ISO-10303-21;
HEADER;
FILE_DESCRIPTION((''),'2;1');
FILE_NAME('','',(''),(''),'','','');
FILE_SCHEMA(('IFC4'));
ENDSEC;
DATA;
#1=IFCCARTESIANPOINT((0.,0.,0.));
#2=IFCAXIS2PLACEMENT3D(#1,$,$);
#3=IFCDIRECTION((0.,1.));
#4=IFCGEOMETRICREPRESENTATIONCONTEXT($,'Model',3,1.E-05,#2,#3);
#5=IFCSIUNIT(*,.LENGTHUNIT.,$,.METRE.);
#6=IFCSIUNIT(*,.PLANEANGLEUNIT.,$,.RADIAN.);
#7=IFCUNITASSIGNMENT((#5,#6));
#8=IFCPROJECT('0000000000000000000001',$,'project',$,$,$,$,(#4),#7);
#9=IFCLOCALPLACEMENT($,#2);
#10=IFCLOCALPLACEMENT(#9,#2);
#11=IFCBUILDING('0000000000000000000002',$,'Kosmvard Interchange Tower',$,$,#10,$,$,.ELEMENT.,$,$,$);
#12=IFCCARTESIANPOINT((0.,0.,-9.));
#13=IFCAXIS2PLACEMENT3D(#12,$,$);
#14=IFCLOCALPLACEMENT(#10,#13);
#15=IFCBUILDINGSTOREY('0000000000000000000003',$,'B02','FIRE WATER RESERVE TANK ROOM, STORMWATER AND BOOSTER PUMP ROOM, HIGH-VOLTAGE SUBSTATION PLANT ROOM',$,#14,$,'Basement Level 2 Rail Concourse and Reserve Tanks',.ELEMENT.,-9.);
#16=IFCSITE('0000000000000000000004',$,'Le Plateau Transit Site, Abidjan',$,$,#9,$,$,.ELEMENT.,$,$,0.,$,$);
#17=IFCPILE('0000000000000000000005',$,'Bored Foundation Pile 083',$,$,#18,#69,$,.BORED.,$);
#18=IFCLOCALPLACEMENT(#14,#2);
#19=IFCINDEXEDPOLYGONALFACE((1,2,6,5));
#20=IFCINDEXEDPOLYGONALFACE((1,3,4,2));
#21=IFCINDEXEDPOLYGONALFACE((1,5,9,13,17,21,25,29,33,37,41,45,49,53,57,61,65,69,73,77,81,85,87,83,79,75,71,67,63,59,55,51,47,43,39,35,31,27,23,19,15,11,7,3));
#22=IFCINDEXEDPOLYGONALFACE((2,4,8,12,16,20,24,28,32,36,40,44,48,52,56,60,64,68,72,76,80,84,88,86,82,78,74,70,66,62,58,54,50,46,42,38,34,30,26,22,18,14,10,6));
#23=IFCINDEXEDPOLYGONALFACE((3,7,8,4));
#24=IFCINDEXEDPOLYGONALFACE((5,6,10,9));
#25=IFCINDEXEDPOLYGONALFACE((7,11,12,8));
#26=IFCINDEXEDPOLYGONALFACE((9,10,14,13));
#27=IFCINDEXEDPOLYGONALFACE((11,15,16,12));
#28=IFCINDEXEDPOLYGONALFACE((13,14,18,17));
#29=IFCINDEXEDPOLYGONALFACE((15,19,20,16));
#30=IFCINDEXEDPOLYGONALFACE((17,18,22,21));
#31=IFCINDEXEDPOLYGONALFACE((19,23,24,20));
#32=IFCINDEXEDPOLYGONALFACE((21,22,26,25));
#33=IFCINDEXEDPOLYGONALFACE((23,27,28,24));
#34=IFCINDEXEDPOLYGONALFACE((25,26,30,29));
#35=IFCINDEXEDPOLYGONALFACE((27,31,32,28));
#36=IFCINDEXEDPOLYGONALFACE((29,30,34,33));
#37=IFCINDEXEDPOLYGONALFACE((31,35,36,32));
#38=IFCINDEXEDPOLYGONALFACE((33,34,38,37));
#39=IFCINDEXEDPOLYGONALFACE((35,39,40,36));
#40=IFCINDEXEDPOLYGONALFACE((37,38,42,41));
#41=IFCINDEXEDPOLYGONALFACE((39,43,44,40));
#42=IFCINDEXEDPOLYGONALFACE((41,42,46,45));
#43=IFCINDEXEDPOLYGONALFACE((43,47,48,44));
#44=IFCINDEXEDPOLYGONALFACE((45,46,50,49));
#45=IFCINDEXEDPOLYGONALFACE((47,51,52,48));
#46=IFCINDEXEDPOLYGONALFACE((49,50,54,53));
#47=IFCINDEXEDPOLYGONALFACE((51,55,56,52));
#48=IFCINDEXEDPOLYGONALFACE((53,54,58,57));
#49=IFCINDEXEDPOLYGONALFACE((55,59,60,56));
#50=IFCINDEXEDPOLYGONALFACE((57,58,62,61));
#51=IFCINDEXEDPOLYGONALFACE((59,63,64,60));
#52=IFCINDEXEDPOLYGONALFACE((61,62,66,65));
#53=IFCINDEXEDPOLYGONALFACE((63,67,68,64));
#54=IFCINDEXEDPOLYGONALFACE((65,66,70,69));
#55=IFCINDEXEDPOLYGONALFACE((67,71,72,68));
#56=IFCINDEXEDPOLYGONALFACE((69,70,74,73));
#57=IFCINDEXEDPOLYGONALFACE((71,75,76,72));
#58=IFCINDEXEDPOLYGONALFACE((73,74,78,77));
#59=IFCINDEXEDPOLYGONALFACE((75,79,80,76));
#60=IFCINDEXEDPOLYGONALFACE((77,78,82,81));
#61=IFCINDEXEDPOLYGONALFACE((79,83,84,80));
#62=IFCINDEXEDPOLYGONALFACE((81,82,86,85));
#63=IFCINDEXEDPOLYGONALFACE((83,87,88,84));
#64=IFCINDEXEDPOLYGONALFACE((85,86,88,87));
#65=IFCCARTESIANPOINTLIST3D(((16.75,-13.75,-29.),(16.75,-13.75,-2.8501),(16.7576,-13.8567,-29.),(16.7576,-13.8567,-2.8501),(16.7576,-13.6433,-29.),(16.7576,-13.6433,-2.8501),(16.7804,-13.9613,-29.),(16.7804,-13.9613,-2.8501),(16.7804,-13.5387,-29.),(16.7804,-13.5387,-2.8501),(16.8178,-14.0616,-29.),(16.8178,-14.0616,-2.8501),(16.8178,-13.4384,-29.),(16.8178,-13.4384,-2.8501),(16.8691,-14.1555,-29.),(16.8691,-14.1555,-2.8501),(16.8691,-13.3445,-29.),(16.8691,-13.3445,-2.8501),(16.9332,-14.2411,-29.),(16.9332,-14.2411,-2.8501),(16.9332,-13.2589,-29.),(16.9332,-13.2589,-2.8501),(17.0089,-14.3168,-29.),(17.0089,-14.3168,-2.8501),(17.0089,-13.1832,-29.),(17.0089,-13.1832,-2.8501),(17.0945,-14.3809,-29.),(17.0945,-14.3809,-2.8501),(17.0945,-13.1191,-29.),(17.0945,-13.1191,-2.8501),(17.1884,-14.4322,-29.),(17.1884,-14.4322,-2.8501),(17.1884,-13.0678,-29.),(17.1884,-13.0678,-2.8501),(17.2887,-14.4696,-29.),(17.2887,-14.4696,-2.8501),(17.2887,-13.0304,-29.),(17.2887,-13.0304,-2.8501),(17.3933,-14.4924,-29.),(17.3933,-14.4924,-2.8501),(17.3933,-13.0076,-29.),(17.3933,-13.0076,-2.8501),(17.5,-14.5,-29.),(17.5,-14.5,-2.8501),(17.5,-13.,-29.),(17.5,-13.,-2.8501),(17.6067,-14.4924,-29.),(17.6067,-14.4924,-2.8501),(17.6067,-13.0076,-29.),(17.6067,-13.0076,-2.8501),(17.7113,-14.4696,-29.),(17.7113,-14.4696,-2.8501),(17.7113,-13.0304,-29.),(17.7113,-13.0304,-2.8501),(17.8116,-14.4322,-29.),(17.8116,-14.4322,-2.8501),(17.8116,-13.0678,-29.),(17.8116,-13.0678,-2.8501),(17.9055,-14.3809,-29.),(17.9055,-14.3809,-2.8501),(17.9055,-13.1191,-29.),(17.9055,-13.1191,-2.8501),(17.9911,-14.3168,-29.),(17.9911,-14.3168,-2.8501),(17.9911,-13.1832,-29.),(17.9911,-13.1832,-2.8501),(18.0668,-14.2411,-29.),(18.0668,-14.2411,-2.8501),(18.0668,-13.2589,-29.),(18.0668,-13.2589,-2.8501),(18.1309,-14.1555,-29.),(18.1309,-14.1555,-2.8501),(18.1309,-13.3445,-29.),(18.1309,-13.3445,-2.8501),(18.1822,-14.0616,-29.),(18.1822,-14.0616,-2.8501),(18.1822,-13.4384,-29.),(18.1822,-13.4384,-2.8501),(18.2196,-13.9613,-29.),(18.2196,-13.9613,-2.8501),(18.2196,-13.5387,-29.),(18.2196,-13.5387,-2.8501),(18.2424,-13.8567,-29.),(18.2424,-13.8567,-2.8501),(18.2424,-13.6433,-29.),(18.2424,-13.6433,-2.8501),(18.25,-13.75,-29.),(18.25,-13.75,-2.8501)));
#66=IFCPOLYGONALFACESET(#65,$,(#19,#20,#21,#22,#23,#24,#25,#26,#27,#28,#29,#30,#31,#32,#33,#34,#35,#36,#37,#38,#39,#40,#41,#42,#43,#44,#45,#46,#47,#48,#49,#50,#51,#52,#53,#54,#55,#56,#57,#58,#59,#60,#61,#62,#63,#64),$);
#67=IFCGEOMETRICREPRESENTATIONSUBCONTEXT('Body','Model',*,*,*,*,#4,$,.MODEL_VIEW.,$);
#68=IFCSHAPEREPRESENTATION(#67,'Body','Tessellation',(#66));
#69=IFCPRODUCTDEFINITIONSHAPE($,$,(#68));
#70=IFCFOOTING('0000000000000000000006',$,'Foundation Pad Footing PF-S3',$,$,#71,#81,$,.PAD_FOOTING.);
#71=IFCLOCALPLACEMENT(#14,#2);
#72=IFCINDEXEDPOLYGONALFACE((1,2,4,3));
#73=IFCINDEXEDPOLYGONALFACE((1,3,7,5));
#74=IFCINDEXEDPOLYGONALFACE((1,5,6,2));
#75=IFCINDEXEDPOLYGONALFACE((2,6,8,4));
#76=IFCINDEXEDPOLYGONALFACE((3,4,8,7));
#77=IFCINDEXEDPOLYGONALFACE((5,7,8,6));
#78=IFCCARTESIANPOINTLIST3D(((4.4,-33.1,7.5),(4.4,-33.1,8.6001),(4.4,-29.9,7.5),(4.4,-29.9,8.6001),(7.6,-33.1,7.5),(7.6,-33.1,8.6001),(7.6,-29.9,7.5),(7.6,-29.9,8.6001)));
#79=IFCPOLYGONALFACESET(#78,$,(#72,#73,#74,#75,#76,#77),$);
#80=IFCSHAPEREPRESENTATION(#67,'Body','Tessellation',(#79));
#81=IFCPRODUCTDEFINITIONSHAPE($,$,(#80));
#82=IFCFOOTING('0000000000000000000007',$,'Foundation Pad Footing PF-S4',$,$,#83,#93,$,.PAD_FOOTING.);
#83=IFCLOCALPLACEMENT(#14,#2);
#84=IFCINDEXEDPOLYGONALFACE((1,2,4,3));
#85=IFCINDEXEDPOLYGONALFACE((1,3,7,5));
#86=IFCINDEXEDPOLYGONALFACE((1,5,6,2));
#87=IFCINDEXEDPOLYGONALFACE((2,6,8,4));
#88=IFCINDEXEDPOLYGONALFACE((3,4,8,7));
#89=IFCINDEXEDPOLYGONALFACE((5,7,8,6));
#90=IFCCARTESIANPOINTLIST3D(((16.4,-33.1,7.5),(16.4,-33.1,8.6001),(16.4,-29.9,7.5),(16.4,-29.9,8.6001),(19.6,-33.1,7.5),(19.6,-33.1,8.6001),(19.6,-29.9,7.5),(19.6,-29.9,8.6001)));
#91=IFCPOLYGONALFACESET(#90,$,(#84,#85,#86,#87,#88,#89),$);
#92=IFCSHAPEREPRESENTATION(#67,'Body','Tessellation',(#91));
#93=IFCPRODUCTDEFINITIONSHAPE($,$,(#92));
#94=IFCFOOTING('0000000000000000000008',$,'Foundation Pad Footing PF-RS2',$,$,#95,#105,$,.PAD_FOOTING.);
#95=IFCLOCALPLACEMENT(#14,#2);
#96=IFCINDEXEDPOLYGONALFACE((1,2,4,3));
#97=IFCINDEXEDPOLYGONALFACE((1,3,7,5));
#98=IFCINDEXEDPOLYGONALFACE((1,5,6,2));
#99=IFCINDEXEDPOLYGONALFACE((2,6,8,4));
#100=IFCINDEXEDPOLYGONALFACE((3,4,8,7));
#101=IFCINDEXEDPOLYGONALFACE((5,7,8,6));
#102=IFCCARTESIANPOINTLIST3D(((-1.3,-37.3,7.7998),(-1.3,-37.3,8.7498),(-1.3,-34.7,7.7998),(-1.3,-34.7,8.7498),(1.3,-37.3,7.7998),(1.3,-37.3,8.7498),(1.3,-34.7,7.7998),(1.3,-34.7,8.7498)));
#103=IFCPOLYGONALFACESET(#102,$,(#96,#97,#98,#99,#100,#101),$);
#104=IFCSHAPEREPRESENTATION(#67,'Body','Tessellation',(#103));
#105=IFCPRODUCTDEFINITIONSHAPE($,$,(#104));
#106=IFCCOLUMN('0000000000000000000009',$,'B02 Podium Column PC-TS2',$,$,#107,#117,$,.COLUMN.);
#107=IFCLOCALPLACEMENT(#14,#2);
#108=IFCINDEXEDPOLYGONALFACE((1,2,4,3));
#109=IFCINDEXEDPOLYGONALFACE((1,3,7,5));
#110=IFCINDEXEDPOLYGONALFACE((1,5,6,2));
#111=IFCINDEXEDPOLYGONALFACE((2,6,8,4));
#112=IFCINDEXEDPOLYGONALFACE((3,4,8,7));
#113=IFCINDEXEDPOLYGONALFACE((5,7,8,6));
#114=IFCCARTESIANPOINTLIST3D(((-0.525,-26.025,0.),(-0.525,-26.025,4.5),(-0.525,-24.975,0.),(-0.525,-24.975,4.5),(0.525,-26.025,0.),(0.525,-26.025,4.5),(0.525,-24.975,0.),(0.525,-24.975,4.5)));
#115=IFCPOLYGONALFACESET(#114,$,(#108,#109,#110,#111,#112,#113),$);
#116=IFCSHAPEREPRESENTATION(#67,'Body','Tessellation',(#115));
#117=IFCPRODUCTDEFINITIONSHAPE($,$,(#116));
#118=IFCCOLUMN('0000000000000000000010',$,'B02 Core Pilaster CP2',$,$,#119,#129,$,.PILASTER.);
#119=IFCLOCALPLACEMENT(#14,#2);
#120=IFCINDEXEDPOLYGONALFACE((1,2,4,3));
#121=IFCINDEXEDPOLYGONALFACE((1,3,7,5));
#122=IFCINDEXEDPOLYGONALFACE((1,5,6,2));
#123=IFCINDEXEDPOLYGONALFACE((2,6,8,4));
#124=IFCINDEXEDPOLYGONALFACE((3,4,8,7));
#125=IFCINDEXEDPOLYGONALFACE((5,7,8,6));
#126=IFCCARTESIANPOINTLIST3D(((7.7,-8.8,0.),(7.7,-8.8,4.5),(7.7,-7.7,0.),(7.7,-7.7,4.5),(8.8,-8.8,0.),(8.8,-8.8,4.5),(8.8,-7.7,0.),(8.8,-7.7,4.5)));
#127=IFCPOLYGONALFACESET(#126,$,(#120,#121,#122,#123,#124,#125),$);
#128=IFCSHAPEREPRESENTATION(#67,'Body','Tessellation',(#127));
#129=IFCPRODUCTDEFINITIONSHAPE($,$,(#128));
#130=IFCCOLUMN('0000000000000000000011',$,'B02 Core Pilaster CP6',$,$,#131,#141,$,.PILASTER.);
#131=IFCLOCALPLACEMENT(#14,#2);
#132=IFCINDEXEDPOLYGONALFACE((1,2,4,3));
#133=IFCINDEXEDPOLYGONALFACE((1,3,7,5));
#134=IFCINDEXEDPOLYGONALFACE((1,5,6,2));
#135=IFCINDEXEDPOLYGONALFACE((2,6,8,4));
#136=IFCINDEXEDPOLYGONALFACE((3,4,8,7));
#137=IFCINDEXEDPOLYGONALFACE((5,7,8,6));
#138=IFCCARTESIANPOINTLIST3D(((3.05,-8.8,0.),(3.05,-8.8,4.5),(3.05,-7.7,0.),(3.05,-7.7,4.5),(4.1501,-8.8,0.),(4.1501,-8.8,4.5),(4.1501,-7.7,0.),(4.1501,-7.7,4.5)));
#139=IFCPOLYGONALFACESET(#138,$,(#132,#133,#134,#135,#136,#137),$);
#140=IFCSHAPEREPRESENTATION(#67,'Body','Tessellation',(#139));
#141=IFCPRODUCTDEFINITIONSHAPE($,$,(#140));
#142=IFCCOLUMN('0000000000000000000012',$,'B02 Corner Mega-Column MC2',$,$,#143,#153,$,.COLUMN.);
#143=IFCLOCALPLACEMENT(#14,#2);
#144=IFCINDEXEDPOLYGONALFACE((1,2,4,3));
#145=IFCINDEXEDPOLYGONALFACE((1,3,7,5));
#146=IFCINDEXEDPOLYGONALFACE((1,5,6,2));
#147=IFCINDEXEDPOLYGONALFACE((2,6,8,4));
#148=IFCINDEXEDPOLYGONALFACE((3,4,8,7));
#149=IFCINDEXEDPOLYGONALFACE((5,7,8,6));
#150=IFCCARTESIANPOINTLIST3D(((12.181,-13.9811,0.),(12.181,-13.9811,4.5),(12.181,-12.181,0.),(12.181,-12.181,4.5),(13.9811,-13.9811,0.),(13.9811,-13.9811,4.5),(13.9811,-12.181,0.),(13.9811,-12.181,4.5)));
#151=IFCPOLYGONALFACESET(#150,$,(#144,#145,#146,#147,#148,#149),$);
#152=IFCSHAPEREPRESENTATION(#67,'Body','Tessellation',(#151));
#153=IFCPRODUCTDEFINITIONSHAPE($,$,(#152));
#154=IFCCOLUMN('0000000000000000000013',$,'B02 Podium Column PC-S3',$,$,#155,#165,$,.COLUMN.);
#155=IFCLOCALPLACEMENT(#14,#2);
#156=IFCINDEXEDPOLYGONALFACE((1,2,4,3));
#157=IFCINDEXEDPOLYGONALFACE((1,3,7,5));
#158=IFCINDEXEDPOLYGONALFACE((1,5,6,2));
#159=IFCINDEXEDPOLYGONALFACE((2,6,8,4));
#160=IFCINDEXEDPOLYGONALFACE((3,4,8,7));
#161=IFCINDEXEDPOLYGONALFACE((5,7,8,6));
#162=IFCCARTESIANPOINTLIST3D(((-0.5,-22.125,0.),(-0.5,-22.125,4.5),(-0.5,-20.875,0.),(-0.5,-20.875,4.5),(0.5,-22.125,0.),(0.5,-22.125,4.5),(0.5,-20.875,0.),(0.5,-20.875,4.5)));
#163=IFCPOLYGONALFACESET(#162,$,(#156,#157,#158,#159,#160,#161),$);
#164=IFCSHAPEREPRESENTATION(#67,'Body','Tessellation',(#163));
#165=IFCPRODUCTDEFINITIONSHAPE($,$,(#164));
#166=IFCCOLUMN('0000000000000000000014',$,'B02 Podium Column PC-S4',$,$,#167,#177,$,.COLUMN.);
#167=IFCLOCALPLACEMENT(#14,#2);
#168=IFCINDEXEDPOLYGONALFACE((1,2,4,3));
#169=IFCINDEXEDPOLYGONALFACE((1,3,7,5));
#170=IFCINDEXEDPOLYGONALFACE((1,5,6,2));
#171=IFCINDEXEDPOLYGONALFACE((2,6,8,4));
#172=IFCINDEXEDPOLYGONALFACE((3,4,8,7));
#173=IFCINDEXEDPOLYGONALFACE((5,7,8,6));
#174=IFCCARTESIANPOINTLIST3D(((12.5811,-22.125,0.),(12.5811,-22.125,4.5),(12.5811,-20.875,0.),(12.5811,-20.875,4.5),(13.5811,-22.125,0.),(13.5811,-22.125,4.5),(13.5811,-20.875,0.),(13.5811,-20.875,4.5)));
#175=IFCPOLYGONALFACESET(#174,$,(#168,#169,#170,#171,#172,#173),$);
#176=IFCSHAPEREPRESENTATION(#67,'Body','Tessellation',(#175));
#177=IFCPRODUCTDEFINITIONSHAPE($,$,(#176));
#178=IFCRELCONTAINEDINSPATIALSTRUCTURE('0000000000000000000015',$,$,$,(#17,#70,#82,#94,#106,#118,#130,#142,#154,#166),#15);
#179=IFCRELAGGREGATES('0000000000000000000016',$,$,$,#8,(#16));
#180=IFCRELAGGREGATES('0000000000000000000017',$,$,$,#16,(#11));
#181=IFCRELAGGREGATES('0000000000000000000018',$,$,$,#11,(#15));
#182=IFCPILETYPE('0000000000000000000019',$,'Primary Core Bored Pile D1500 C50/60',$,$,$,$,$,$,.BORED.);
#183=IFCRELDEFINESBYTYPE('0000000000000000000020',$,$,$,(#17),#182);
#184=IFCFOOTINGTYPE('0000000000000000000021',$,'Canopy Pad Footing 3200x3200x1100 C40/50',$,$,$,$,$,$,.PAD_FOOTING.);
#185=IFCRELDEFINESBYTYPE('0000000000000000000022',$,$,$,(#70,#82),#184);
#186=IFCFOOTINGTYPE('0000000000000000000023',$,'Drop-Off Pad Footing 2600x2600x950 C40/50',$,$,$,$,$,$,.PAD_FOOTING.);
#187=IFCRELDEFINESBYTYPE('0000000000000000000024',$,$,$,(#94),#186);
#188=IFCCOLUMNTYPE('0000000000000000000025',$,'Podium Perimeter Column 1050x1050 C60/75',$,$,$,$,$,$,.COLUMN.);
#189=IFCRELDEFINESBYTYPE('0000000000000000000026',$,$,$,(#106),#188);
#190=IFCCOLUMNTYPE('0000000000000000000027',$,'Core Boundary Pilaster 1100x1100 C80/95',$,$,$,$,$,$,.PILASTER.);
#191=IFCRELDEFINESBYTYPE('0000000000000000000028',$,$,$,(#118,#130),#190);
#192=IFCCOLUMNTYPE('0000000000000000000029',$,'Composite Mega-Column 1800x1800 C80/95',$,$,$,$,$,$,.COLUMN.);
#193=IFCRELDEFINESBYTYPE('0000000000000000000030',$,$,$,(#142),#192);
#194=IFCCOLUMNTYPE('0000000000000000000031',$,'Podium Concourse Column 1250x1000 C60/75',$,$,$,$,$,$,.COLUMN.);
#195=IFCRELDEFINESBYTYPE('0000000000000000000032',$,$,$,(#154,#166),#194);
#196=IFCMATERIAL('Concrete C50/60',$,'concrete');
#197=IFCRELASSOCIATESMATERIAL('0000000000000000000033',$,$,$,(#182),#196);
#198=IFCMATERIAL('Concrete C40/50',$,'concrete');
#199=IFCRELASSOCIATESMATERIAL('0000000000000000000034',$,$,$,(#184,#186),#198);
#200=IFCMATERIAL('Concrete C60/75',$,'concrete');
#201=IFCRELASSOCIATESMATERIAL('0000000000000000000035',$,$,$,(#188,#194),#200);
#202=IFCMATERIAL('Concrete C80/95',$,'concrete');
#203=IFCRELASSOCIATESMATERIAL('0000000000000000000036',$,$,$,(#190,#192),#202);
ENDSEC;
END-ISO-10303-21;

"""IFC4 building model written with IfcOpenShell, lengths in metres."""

from ifc_helpers import new_model, si_unit, direction, frame, origin, origin_2d, place, context, subcontext, project, spatial, rectangle, circle, extrude, source, transform, mapped, material, material_profile, profile_set, type_object, element, save


model = new_model("IFC4")

# Units and contexts
model_context = context("Model", 3, precision=1e-05, world=origin(), true_north=direction((0.0, 1.0)))
body_context = subcontext(model_context, "Body", "Model", "MODEL_VIEW")
ifc_project = project(units=[si_unit("LENGTHUNIT", "METRE"), si_unit("PLANEANGLEUNIT", "RADIAN")], contexts=[model_context])

# Site, building, storey
site_placement = place(None, origin())
site = spatial("IfcSite", under=ifc_project, at=site_placement, Name="Le Plateau Transit Site, Abidjan", CompositionType="ELEMENT", RefElevation=0.0)
building_placement = place(site_placement, origin())
building = spatial("IfcBuilding", under=site, at=building_placement, Name="Kosmvard Interchange Tower", CompositionType="ELEMENT")
storey_placement = place(building_placement, frame((0.0, 0.0, -9.0)))
storey = spatial("IfcBuildingStorey", under=building, at=storey_placement, Name="B02", Description="FIRE WATER RESERVE TANK ROOM, STORMWATER AND BOOSTER PUMP ROOM, HIGH-VOLTAGE SUBSTATION PLANT ROOM", LongName="Basement Level 2 Rail Concourse and Reserve Tanks", CompositionType="ELEMENT", Elevation=-9.0)

# Pile
ifc_material_1 = material(Name="Concrete C50/60", Category="concrete")
ifc_material_profile_1 = material_profile(ifc_material_1, circle(Radius=0.75, at=origin_2d()), Name="PILE D1500")
ifc_profile_set_1 = profile_set([ifc_material_profile_1], Name="Concrete C50/60")
pile_type_1 = type_object("IfcPileType", Name="Primary Core Bored Pile D1500 C50/60", PredefinedType="BORED", material=ifc_profile_set_1)
shared_shape_1 = source(origin(), body_context, "Body", "SweptSolid", [
    extrude(circle(Radius=0.75, at=origin_2d()), origin(), (0.0, 0.0, 1.0), 26.1499),
])
for number, where, z_axis, x_axis, name in (
    (1, (17.5, -13.75, -2.8501), (0.0, 0.0, -1.0), (1.0, 0.0, 0.0), "Bored Foundation Pile 083"),
):
    element("IfcPile", number, at=place(storey_placement, frame(where, z_axis=z_axis, x_axis=x_axis)), inside=storey, type_object=pile_type_1, Name=name, PredefinedType="BORED", context=body_context, shape_type="MappedRepresentation", body=[
        mapped(shared_shape_1, transform((0.0, 0.0, 0.0), scale=1.0)),
    ])

# Footings
ifc_material_2 = material(Name="Concrete C40/50", Category="concrete")
footing_type_1 = type_object("IfcFootingType", Name="Canopy Pad Footing 3200x3200x1100 C40/50", PredefinedType="PAD_FOOTING", material=ifc_material_2)
shared_shape_2 = source(origin(), body_context, "Body", "SweptSolid", [
    extrude(rectangle(XDim=3.2, YDim=3.2, at=origin_2d()), origin(), (0.0, 0.0, 1.0), 1.1001),
])
for number, where, z_axis, x_axis, name in (
    (2, (6.0, -31.5, 7.5), (0.0, 0.0, 1.0), (1.0, 0.0, 0.0), "Foundation Pad Footing PF-S3"),
    (3, (18.0, -31.5, 7.5), (0.0, 0.0, 1.0), (1.0, 0.0, 0.0), "Foundation Pad Footing PF-S4"),
):
    element("IfcFooting", number, at=place(storey_placement, frame(where, z_axis=z_axis, x_axis=x_axis)), inside=storey, type_object=footing_type_1, Name=name, PredefinedType="PAD_FOOTING", context=body_context, shape_type="MappedRepresentation", body=[
        mapped(shared_shape_2, transform((0.0, 0.0, 0.0), scale=1.0)),
    ])
footing_type_2 = type_object("IfcFootingType", Name="Drop-Off Pad Footing 2600x2600x950 C40/50", PredefinedType="PAD_FOOTING", material=ifc_material_2)
shared_shape_3 = source(origin(), body_context, "Body", "SweptSolid", [
    extrude(rectangle(XDim=2.6001, YDim=2.6001, at=origin_2d()), origin(), (0.0, 0.0, 1.0), 0.95),
])
footing_placement = place(storey_placement, frame((0.0, -36.0, 7.7998), z_axis=(0.0, 0.0, 1.0), x_axis=(1.0, 0.0, 0.0)))
element("IfcFooting", 4, at=footing_placement, inside=storey, type_object=footing_type_2, Name="Foundation Pad Footing PF-RS2", PredefinedType="PAD_FOOTING", context=body_context, shape_type="MappedRepresentation", body=[
    mapped(shared_shape_3, transform((0.0, 0.0, 0.0), scale=1.0)),
])

# Columns
ifc_material_3 = material(Name="Concrete C60/75", Category="concrete")
ifc_material_profile_2 = material_profile(ifc_material_3, rectangle(XDim=1.05, YDim=1.05, at=origin_2d()), Name="PC 1050x1050")
ifc_profile_set_2 = profile_set([ifc_material_profile_2], Name="Concrete C60/75")
column_type_1 = type_object("IfcColumnType", Name="Podium Perimeter Column 1050x1050 C60/75", PredefinedType="COLUMN", material=ifc_profile_set_2)
shared_shape_4 = source(origin(), body_context, "Body", "SweptSolid", [
    extrude(rectangle(XDim=1.05, YDim=1.05, at=origin_2d()), origin(), (0.0, 0.0, 1.0), 4.5),
])
column_1_placement = place(storey_placement, frame((0.0, -25.5, 0.0), z_axis=(0.0, 0.0, 1.0), x_axis=(1.0, 0.0, 0.0)))
element("IfcColumn", 5, at=column_1_placement, inside=storey, type_object=column_type_1, Name="B02 Podium Column PC-TS2", PredefinedType="COLUMN", context=body_context, shape_type="MappedRepresentation", body=[
    mapped(shared_shape_4, transform((0.0, 0.0, 0.0), scale=1.0)),
])
ifc_material_4 = material(Name="Concrete C80/95", Category="concrete")
ifc_material_profile_3 = material_profile(ifc_material_4, rectangle(XDim=1.1001, YDim=1.1001, at=origin_2d()), Name="CP 1100x1100")
ifc_profile_set_3 = profile_set([ifc_material_profile_3], Name="Concrete C80/95")
column_type_2 = type_object("IfcColumnType", Name="Core Boundary Pilaster 1100x1100 C80/95", PredefinedType="PILASTER", material=ifc_profile_set_3)
shared_shape_5 = source(origin(), body_context, "Body", "SweptSolid", [
    extrude(rectangle(XDim=1.1001, YDim=1.1001, at=origin_2d()), origin(), (0.0, 0.0, 1.0), 4.5),
])
for number, where, z_axis, x_axis, name in (
    (6, (8.25, -8.25, 0.0), (0.0, 0.0, 1.0), (1.0, 0.0, 0.0), "B02 Core Pilaster CP2"),
    (7, (3.6001, -8.25, 0.0), (0.0, 0.0, 1.0), (1.0, 0.0, 0.0), "B02 Core Pilaster CP6"),
):
    element("IfcColumn", number, at=place(storey_placement, frame(where, z_axis=z_axis, x_axis=x_axis)), inside=storey, type_object=column_type_2, Name=name, PredefinedType="PILASTER", context=body_context, shape_type="MappedRepresentation", body=[
        mapped(shared_shape_5, transform((0.0, 0.0, 0.0), scale=1.0)),
    ])
ifc_material_profile_4 = material_profile(ifc_material_4, rectangle(XDim=1.8, YDim=1.8, at=origin_2d()), Name="MC 1800x1800")
ifc_profile_set_4 = profile_set([ifc_material_profile_4], Name="Concrete C80/95")
column_type_3 = type_object("IfcColumnType", Name="Composite Mega-Column 1800x1800 C80/95", PredefinedType="COLUMN", material=ifc_profile_set_4)
shared_shape_6 = source(origin(), body_context, "Body", "SweptSolid", [
    extrude(rectangle(XDim=1.8, YDim=1.8, at=origin_2d()), origin(), (0.0, 0.0, 1.0), 4.5),
])
column_2_placement = place(storey_placement, frame((13.0811, -13.0811, 0.0), z_axis=(0.0, 0.0, 1.0), x_axis=(1.0, 0.0, 0.0)))
element("IfcColumn", 8, at=column_2_placement, inside=storey, type_object=column_type_3, Name="B02 Corner Mega-Column MC2", PredefinedType="COLUMN", context=body_context, shape_type="MappedRepresentation", body=[
    mapped(shared_shape_6, transform((0.0, 0.0, 0.0), scale=1.0)),
])
ifc_material_profile_5 = material_profile(ifc_material_3, rectangle(XDim=1.0, YDim=1.25, at=origin_2d()), Name="PC 1250x1000")
ifc_profile_set_5 = profile_set([ifc_material_profile_5], Name="Concrete C60/75")
column_type_4 = type_object("IfcColumnType", Name="Podium Concourse Column 1250x1000 C60/75", PredefinedType="COLUMN", material=ifc_profile_set_5)
shared_shape_7 = source(origin(), body_context, "Body", "SweptSolid", [
    extrude(rectangle(XDim=1.0, YDim=1.25, at=origin_2d()), origin(), (0.0, 0.0, 1.0), 4.5),
])
for number, where, z_axis, x_axis, name in (
    (9, (0.0, -21.5, 0.0), (0.0, 0.0, 1.0), (1.0, 0.0, 0.0), "B02 Podium Column PC-S3"),
    (10, (13.0811, -21.5, 0.0), (0.0, 0.0, 1.0), (1.0, 0.0, 0.0), "B02 Podium Column PC-S4"),
):
    element("IfcColumn", number, at=place(storey_placement, frame(where, z_axis=z_axis, x_axis=x_axis)), inside=storey, type_object=column_type_4, Name=name, PredefinedType="COLUMN", context=body_context, shape_type="MappedRepresentation", body=[
        mapped(shared_shape_7, transform((0.0, 0.0, 0.0), scale=1.0)),
    ])

save(model, "model.ifc")
